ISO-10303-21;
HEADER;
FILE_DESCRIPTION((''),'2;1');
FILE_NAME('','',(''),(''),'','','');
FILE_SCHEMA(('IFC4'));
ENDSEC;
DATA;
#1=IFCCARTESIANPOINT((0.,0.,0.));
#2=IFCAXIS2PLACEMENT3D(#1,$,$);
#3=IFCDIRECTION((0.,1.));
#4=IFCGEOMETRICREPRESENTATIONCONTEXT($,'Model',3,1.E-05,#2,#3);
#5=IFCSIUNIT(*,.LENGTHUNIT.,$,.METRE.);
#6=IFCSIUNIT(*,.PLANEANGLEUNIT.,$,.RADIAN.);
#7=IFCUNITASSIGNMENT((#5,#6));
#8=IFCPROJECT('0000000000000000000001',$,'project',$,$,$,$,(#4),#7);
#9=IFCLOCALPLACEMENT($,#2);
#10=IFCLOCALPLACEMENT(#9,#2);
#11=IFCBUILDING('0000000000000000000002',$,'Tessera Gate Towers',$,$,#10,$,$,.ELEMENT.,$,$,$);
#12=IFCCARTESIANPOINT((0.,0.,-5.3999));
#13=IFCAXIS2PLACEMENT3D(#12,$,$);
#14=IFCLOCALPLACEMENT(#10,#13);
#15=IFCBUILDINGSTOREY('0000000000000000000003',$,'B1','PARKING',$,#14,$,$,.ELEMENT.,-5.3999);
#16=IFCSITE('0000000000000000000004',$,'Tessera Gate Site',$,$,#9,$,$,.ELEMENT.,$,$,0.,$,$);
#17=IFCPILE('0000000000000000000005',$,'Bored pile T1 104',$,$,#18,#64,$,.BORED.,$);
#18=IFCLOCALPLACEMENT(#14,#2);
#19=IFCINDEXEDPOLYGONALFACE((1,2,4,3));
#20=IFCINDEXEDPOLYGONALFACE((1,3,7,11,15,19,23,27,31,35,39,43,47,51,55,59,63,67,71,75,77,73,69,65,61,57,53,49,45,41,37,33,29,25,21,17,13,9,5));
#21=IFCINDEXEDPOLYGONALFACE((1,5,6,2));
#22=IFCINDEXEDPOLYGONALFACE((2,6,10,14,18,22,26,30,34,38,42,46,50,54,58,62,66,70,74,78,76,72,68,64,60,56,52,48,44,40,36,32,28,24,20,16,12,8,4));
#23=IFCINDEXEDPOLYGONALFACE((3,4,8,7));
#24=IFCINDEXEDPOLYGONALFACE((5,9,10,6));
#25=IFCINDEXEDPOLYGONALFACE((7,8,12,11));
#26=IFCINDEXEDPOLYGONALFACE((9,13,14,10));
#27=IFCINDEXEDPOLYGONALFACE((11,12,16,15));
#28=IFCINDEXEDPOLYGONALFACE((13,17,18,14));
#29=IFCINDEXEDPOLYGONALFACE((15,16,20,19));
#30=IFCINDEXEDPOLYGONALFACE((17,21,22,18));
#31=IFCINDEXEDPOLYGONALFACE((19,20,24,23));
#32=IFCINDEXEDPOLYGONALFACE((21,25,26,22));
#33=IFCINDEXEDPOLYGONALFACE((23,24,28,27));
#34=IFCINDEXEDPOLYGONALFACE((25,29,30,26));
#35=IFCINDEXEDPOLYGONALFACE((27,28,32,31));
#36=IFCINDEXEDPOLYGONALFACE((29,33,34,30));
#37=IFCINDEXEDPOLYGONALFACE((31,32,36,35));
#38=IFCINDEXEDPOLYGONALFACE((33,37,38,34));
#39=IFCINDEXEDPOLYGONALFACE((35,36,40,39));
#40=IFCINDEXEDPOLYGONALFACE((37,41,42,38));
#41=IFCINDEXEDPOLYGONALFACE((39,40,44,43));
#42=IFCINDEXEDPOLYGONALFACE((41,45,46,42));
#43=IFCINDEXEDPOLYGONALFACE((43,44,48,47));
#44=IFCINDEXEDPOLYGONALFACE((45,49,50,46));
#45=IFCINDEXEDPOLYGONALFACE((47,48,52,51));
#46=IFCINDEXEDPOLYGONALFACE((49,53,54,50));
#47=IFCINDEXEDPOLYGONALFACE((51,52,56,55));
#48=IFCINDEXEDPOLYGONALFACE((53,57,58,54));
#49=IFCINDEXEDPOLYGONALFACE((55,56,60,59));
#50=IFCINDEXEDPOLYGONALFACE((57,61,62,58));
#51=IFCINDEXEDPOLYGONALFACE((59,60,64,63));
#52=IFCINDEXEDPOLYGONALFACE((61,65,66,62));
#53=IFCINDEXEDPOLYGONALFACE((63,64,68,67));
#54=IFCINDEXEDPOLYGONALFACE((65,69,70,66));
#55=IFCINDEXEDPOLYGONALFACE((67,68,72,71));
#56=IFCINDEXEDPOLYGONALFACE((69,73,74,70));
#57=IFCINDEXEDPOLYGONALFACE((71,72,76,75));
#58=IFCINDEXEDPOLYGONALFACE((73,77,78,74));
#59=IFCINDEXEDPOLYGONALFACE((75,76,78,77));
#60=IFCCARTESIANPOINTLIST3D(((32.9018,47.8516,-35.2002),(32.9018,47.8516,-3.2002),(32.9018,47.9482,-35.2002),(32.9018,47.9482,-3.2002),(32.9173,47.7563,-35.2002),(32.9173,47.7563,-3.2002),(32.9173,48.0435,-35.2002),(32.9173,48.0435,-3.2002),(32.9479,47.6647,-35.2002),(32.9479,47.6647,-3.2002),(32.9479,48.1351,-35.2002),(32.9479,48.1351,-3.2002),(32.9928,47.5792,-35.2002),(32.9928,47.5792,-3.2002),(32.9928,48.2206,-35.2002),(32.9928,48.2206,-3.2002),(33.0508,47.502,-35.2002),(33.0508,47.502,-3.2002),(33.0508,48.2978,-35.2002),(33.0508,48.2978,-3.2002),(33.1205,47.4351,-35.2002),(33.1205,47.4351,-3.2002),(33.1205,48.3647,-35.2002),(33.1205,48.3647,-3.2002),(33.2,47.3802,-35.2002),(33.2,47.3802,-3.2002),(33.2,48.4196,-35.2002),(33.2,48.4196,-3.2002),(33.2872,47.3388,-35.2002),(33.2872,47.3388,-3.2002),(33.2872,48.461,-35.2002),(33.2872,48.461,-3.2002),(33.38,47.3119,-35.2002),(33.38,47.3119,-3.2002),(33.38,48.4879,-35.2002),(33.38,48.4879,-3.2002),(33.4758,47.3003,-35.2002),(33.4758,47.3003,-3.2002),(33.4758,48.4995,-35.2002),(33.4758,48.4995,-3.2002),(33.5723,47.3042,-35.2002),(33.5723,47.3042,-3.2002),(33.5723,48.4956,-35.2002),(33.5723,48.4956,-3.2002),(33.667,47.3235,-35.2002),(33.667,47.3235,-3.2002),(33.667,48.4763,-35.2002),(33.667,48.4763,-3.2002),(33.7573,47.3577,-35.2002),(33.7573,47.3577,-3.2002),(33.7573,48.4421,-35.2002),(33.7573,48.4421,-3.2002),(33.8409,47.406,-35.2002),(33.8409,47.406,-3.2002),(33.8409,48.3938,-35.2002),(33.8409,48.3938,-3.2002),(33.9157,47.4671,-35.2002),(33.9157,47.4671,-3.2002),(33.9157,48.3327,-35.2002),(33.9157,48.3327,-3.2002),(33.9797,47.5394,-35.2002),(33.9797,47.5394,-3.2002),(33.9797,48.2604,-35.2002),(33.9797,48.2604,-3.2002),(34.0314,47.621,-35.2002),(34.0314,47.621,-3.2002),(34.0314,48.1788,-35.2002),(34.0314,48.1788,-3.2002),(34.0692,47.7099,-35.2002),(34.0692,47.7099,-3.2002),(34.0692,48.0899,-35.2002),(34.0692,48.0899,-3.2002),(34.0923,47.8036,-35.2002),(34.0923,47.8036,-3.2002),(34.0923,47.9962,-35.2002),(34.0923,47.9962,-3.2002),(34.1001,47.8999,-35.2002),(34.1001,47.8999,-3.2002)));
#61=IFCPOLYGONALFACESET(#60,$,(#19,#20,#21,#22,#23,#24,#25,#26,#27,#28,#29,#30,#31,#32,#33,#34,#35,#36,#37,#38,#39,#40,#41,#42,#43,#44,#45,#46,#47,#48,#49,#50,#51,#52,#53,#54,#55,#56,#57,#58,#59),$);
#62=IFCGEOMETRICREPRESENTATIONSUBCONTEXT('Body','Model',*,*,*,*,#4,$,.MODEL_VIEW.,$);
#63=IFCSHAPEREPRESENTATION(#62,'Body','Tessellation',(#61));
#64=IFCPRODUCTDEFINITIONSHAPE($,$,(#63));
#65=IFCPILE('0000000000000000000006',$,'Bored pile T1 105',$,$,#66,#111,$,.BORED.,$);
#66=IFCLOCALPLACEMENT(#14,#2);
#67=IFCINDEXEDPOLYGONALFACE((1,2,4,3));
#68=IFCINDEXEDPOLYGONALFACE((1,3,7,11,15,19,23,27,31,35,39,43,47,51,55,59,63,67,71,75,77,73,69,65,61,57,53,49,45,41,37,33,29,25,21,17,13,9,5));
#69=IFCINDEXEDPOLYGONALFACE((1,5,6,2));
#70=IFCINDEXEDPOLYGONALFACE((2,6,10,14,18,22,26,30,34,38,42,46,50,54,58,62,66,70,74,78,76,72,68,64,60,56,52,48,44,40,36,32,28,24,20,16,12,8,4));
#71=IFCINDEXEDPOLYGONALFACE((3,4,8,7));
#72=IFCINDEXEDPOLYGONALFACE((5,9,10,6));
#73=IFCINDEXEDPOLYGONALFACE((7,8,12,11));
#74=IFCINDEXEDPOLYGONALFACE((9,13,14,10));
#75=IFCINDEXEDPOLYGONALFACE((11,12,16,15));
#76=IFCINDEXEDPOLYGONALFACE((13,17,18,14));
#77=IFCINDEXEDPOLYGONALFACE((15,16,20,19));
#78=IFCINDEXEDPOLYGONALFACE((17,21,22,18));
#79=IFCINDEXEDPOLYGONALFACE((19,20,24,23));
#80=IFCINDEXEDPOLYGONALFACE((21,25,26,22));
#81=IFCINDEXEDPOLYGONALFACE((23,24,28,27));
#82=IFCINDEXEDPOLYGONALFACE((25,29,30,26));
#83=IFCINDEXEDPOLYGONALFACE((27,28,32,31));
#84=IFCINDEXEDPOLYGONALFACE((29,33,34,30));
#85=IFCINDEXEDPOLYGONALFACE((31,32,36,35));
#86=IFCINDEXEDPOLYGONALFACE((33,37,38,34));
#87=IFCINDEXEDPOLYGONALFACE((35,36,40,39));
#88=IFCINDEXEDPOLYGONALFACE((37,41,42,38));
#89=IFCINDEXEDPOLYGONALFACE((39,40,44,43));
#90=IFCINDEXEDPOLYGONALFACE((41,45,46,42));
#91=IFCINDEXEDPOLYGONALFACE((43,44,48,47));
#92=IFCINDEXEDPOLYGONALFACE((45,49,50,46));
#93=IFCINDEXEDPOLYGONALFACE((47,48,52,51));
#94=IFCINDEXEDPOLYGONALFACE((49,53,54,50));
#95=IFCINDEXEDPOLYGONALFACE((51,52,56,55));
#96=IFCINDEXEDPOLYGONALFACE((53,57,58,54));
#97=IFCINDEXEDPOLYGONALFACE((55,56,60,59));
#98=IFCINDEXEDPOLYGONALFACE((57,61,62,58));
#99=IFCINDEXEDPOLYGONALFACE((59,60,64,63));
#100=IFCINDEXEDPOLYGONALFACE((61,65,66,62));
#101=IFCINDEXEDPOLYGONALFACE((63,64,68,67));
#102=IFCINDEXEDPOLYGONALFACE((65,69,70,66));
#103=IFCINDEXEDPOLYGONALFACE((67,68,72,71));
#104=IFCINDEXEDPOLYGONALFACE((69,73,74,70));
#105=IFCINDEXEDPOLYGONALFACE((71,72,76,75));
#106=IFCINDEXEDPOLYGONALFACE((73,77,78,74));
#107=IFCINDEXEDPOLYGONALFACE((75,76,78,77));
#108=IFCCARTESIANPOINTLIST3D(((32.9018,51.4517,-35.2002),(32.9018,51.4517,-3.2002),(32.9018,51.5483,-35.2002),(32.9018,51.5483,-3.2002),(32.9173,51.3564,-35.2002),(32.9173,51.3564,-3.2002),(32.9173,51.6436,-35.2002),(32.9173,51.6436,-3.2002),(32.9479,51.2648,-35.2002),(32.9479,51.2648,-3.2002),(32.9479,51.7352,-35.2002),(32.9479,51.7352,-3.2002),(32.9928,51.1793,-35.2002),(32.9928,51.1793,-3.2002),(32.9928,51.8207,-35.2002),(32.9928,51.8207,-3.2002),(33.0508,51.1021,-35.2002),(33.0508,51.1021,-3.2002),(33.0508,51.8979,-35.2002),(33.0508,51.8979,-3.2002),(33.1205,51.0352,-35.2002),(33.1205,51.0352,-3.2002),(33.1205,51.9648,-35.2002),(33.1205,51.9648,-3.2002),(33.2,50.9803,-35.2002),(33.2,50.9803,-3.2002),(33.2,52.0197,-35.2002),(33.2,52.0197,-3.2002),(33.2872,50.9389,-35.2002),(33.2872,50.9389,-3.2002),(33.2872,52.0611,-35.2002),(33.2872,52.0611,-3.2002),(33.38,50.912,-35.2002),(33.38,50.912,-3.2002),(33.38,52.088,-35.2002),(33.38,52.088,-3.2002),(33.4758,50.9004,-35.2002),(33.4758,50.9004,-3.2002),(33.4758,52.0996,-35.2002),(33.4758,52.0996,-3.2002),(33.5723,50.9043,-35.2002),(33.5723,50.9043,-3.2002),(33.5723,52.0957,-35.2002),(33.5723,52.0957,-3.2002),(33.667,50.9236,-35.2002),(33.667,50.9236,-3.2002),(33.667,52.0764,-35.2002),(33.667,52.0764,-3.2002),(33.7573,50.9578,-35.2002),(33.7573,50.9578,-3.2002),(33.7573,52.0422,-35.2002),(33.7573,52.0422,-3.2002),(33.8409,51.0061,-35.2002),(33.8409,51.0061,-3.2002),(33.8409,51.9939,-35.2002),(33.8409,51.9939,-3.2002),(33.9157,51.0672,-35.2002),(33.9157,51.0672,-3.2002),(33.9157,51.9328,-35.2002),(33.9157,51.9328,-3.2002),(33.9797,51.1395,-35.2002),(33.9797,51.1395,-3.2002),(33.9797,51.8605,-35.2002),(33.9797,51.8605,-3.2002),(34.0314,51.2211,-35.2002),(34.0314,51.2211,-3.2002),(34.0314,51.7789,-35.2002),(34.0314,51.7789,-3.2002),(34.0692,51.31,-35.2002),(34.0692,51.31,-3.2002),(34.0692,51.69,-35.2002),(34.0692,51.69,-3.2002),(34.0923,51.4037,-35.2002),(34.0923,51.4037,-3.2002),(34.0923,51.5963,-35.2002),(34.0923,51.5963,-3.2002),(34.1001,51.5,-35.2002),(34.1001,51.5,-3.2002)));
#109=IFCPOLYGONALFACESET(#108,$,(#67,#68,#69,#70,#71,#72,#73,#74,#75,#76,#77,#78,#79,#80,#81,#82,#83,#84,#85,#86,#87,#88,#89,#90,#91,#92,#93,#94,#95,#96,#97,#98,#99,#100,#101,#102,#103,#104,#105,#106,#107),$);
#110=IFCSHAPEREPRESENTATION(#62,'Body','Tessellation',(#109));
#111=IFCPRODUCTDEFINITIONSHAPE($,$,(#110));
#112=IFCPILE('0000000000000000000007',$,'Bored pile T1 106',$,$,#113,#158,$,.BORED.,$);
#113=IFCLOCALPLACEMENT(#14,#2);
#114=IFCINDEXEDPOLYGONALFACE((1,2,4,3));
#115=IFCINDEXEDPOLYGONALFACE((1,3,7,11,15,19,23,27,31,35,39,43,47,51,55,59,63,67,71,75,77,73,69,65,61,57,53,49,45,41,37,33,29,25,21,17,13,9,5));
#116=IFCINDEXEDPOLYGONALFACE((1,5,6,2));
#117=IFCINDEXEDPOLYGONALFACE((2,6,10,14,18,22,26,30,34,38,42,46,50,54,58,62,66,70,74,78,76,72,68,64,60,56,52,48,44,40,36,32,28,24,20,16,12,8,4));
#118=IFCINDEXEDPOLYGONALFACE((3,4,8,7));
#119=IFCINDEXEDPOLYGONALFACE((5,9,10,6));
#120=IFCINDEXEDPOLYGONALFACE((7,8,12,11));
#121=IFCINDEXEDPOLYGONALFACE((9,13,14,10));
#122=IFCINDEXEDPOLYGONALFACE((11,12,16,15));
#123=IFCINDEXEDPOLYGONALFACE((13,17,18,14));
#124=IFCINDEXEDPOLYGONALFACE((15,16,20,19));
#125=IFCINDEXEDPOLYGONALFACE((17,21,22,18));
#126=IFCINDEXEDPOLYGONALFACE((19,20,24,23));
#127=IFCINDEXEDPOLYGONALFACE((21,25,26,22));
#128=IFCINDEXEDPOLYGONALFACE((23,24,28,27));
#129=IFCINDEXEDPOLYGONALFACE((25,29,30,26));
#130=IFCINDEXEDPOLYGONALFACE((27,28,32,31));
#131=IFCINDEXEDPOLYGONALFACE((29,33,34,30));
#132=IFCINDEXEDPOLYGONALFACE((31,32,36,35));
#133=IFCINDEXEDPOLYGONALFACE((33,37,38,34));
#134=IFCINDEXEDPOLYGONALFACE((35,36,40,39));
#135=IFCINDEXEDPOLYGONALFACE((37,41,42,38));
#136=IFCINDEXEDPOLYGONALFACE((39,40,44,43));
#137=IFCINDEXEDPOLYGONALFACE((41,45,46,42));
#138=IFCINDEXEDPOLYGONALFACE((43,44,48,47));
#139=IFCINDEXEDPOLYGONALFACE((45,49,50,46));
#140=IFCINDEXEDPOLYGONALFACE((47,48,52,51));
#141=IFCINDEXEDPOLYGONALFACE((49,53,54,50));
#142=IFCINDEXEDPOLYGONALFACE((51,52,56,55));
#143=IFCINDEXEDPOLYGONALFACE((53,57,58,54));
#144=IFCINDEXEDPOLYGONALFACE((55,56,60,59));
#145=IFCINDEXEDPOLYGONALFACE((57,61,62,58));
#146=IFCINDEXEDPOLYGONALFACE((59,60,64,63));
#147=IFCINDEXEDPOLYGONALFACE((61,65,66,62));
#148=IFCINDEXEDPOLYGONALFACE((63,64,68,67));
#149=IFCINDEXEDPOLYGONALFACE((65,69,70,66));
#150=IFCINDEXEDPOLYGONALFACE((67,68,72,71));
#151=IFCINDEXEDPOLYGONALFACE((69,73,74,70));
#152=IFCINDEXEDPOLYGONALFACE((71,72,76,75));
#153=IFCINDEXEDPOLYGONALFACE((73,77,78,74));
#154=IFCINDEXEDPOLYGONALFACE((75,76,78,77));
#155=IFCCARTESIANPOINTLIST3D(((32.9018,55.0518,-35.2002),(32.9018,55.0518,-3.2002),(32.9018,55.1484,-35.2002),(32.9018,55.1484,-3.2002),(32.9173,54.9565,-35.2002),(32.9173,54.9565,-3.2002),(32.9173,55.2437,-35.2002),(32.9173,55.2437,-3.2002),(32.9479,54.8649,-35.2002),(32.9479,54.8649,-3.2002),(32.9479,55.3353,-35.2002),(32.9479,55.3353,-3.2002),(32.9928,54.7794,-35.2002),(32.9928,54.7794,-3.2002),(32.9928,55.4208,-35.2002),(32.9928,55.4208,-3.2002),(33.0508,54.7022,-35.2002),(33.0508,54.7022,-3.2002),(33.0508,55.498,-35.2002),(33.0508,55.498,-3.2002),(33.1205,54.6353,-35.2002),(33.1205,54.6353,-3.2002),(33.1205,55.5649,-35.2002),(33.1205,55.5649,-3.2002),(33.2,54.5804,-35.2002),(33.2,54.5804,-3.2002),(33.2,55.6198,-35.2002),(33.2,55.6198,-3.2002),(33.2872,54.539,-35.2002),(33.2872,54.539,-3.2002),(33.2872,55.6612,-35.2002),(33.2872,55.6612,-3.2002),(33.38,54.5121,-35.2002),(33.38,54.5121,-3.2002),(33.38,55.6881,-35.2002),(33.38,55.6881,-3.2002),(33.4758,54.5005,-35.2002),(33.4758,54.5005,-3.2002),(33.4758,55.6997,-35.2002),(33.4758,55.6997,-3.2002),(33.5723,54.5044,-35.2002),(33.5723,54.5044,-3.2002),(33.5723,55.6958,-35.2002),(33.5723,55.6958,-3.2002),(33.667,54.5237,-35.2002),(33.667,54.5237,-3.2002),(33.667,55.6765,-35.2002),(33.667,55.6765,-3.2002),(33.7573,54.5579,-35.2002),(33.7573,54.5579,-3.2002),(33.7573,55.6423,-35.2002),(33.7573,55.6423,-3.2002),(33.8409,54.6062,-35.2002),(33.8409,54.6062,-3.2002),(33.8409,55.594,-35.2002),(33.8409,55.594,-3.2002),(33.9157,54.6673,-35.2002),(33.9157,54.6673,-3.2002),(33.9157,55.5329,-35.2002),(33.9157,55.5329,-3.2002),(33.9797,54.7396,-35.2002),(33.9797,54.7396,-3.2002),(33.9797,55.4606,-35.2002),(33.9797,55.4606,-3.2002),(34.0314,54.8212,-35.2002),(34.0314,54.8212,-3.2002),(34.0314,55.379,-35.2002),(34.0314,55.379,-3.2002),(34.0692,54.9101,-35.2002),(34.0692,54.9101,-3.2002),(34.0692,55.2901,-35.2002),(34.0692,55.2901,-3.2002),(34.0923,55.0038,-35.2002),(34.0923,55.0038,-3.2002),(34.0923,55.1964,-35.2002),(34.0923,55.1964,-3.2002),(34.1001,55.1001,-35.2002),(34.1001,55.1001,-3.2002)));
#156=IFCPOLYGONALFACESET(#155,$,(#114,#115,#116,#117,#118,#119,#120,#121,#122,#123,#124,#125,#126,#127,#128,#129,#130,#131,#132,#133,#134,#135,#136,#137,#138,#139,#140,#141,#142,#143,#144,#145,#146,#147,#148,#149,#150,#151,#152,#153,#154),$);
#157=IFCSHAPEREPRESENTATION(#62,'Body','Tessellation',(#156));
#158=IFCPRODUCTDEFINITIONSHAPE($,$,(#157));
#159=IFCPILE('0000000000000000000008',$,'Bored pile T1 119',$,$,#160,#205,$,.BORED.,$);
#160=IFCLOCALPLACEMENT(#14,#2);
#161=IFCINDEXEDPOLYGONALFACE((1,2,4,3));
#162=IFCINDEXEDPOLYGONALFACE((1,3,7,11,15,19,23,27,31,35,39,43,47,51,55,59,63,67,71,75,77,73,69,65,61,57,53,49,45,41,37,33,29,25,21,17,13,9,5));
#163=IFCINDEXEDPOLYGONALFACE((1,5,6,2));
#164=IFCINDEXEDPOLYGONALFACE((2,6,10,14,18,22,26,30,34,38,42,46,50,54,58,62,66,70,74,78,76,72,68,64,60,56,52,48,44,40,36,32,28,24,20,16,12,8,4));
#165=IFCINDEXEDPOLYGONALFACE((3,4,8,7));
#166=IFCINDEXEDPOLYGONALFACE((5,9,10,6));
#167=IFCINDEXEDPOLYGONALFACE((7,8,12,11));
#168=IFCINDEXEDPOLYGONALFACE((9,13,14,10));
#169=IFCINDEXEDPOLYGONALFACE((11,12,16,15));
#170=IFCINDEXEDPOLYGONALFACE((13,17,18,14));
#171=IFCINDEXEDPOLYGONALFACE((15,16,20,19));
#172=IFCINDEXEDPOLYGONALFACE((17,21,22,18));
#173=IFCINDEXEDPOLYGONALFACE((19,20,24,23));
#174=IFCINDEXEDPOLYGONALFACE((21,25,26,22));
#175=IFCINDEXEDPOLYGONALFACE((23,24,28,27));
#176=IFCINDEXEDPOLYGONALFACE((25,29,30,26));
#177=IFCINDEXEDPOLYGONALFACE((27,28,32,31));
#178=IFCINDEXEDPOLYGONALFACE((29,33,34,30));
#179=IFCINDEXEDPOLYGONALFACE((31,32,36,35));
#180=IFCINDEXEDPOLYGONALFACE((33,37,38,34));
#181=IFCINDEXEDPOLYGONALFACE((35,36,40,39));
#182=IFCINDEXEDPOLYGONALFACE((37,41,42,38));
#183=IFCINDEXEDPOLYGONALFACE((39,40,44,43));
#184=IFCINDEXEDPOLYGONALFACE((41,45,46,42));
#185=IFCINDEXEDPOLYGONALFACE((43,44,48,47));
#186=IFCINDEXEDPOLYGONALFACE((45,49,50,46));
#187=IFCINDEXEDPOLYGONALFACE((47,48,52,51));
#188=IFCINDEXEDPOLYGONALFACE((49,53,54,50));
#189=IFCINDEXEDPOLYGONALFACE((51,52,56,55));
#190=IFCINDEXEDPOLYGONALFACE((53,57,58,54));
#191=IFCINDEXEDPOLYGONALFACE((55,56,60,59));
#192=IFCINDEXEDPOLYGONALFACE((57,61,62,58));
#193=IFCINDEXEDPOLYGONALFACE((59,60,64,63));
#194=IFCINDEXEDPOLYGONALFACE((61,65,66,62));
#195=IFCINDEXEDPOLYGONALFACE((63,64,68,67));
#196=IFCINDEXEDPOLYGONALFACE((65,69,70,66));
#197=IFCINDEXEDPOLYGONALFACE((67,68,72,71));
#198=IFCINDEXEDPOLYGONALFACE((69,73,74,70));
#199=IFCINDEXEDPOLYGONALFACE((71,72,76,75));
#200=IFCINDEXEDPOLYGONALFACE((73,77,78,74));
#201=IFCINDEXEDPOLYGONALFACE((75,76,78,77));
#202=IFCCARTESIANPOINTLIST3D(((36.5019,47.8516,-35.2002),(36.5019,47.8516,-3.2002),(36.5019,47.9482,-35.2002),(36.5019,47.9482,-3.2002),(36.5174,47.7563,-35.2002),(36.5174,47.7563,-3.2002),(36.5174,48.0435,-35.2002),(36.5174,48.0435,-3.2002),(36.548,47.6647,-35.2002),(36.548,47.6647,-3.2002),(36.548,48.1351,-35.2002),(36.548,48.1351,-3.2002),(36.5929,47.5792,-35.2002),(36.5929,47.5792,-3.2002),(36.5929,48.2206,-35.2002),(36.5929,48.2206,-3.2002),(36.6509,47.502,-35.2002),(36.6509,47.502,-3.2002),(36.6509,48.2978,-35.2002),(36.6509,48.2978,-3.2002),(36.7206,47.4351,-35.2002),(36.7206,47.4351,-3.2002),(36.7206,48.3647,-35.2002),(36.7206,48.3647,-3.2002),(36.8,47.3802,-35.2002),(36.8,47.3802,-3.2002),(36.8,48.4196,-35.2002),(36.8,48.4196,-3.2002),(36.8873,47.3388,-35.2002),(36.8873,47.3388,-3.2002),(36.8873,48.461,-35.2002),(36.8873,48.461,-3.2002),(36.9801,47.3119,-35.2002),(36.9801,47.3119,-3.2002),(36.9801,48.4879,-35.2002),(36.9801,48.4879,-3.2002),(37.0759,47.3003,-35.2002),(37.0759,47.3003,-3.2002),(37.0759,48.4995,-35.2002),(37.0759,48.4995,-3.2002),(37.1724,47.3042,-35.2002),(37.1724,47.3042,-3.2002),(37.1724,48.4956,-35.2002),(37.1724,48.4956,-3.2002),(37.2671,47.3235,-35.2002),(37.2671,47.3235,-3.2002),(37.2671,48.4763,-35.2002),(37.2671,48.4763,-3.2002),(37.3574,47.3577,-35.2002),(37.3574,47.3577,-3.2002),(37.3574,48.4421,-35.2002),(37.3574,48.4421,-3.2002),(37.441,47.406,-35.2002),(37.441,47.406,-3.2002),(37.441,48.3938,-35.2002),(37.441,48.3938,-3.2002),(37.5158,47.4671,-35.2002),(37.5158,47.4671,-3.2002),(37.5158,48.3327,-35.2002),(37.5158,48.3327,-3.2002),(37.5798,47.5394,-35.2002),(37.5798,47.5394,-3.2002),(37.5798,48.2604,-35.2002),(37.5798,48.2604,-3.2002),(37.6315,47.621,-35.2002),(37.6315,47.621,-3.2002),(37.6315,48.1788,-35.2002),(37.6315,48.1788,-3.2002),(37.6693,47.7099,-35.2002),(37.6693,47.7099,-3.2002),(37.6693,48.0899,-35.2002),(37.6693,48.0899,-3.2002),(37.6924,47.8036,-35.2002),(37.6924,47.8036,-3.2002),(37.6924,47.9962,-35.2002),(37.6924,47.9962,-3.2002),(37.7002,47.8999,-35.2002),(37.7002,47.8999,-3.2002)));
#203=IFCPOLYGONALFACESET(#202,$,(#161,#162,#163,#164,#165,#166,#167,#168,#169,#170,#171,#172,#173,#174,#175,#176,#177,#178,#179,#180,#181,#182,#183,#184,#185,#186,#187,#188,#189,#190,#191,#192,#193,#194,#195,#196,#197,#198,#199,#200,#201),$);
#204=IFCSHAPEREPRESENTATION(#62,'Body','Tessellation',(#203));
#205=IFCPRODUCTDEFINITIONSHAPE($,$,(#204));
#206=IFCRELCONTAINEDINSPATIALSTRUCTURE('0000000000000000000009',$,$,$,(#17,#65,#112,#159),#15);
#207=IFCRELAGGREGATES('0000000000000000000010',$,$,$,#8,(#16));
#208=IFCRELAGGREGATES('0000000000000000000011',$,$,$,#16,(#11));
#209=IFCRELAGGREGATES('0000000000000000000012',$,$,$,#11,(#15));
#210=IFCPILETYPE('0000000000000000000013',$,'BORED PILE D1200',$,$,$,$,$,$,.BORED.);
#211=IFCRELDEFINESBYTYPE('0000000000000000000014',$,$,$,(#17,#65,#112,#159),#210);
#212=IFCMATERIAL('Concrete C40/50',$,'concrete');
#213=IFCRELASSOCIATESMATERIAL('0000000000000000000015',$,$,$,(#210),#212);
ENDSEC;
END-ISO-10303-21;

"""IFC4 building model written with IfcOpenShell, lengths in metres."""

from ifc_helpers import new_model, si_unit, direction, frame, origin, origin_2d, place, context, subcontext, project, spatial, circle, extrude, material, material_profile, profile_set, type_object, element, save


model = new_model("IFC4")

# Units and contexts
model_context = context("Model", 3, precision=1e-05, world=origin(), true_north=direction((0.0, 1.0)))
body_context = subcontext(model_context, "Body", "Model", "MODEL_VIEW")
ifc_project = project(units=[si_unit("LENGTHUNIT", "METRE"), si_unit("PLANEANGLEUNIT", "RADIAN")], contexts=[model_context])

# Site, building, storey
site_placement = place(None, origin())
site = spatial("IfcSite", under=ifc_project, at=site_placement, Name="Tessera Gate Site", CompositionType="ELEMENT", RefElevation=0.0)
building_placement = place(site_placement, origin())
building = spatial("IfcBuilding", under=site, at=building_placement, Name="Tessera Gate Towers", CompositionType="ELEMENT")
storey_placement = place(building_placement, frame((0.0, 0.0, -5.3999)))
storey = spatial("IfcBuildingStorey", under=building, at=storey_placement, Name="B1", Description="PARKING", CompositionType="ELEMENT", Elevation=-5.3999)

# Piles
ifc_material_1 = material(Name="Concrete C40/50", Category="concrete")
ifc_material_profile_1 = material_profile(ifc_material_1, circle(Radius=0.6001, at=origin_2d()), Name="BORED PILE D1200")
ifc_profile_set_1 = profile_set([ifc_material_profile_1], Name="Concrete C40/50")
pile_type = type_object("IfcPileType", Name="BORED PILE D1200", PredefinedType="BORED", material=ifc_profile_set_1)
for number, where, z_axis, x_axis, name in (
    (1, (33.5, 47.8999, -3.2002), (0.0, 0.0, -1.0), (1.0, 0.0, 0.0), "Bored pile T1 104"),
    (2, (33.5, 51.5, -3.2002), (0.0, 0.0, -1.0), (1.0, 0.0, 0.0), "Bored pile T1 105"),
    (3, (33.5, 55.1001, -3.2002), (0.0, 0.0, -1.0), (1.0, 0.0, 0.0), "Bored pile T1 106"),
    (4, (37.1001, 47.8999, -3.2002), (0.0, 0.0, -1.0), (1.0, 0.0, 0.0), "Bored pile T1 119"),
):
    element("IfcPile", number, at=place(storey_placement, frame(where, z_axis=z_axis, x_axis=x_axis)), inside=storey, type_object=pile_type, Name=name, PredefinedType="BORED", context=body_context, shape_type="SweptSolid", body=[
        extrude(circle(Radius=0.6001, at=origin_2d()), origin(), (0.0, 0.0, 1.0), 32.0),
    ])

save(model, "model.ifc")
